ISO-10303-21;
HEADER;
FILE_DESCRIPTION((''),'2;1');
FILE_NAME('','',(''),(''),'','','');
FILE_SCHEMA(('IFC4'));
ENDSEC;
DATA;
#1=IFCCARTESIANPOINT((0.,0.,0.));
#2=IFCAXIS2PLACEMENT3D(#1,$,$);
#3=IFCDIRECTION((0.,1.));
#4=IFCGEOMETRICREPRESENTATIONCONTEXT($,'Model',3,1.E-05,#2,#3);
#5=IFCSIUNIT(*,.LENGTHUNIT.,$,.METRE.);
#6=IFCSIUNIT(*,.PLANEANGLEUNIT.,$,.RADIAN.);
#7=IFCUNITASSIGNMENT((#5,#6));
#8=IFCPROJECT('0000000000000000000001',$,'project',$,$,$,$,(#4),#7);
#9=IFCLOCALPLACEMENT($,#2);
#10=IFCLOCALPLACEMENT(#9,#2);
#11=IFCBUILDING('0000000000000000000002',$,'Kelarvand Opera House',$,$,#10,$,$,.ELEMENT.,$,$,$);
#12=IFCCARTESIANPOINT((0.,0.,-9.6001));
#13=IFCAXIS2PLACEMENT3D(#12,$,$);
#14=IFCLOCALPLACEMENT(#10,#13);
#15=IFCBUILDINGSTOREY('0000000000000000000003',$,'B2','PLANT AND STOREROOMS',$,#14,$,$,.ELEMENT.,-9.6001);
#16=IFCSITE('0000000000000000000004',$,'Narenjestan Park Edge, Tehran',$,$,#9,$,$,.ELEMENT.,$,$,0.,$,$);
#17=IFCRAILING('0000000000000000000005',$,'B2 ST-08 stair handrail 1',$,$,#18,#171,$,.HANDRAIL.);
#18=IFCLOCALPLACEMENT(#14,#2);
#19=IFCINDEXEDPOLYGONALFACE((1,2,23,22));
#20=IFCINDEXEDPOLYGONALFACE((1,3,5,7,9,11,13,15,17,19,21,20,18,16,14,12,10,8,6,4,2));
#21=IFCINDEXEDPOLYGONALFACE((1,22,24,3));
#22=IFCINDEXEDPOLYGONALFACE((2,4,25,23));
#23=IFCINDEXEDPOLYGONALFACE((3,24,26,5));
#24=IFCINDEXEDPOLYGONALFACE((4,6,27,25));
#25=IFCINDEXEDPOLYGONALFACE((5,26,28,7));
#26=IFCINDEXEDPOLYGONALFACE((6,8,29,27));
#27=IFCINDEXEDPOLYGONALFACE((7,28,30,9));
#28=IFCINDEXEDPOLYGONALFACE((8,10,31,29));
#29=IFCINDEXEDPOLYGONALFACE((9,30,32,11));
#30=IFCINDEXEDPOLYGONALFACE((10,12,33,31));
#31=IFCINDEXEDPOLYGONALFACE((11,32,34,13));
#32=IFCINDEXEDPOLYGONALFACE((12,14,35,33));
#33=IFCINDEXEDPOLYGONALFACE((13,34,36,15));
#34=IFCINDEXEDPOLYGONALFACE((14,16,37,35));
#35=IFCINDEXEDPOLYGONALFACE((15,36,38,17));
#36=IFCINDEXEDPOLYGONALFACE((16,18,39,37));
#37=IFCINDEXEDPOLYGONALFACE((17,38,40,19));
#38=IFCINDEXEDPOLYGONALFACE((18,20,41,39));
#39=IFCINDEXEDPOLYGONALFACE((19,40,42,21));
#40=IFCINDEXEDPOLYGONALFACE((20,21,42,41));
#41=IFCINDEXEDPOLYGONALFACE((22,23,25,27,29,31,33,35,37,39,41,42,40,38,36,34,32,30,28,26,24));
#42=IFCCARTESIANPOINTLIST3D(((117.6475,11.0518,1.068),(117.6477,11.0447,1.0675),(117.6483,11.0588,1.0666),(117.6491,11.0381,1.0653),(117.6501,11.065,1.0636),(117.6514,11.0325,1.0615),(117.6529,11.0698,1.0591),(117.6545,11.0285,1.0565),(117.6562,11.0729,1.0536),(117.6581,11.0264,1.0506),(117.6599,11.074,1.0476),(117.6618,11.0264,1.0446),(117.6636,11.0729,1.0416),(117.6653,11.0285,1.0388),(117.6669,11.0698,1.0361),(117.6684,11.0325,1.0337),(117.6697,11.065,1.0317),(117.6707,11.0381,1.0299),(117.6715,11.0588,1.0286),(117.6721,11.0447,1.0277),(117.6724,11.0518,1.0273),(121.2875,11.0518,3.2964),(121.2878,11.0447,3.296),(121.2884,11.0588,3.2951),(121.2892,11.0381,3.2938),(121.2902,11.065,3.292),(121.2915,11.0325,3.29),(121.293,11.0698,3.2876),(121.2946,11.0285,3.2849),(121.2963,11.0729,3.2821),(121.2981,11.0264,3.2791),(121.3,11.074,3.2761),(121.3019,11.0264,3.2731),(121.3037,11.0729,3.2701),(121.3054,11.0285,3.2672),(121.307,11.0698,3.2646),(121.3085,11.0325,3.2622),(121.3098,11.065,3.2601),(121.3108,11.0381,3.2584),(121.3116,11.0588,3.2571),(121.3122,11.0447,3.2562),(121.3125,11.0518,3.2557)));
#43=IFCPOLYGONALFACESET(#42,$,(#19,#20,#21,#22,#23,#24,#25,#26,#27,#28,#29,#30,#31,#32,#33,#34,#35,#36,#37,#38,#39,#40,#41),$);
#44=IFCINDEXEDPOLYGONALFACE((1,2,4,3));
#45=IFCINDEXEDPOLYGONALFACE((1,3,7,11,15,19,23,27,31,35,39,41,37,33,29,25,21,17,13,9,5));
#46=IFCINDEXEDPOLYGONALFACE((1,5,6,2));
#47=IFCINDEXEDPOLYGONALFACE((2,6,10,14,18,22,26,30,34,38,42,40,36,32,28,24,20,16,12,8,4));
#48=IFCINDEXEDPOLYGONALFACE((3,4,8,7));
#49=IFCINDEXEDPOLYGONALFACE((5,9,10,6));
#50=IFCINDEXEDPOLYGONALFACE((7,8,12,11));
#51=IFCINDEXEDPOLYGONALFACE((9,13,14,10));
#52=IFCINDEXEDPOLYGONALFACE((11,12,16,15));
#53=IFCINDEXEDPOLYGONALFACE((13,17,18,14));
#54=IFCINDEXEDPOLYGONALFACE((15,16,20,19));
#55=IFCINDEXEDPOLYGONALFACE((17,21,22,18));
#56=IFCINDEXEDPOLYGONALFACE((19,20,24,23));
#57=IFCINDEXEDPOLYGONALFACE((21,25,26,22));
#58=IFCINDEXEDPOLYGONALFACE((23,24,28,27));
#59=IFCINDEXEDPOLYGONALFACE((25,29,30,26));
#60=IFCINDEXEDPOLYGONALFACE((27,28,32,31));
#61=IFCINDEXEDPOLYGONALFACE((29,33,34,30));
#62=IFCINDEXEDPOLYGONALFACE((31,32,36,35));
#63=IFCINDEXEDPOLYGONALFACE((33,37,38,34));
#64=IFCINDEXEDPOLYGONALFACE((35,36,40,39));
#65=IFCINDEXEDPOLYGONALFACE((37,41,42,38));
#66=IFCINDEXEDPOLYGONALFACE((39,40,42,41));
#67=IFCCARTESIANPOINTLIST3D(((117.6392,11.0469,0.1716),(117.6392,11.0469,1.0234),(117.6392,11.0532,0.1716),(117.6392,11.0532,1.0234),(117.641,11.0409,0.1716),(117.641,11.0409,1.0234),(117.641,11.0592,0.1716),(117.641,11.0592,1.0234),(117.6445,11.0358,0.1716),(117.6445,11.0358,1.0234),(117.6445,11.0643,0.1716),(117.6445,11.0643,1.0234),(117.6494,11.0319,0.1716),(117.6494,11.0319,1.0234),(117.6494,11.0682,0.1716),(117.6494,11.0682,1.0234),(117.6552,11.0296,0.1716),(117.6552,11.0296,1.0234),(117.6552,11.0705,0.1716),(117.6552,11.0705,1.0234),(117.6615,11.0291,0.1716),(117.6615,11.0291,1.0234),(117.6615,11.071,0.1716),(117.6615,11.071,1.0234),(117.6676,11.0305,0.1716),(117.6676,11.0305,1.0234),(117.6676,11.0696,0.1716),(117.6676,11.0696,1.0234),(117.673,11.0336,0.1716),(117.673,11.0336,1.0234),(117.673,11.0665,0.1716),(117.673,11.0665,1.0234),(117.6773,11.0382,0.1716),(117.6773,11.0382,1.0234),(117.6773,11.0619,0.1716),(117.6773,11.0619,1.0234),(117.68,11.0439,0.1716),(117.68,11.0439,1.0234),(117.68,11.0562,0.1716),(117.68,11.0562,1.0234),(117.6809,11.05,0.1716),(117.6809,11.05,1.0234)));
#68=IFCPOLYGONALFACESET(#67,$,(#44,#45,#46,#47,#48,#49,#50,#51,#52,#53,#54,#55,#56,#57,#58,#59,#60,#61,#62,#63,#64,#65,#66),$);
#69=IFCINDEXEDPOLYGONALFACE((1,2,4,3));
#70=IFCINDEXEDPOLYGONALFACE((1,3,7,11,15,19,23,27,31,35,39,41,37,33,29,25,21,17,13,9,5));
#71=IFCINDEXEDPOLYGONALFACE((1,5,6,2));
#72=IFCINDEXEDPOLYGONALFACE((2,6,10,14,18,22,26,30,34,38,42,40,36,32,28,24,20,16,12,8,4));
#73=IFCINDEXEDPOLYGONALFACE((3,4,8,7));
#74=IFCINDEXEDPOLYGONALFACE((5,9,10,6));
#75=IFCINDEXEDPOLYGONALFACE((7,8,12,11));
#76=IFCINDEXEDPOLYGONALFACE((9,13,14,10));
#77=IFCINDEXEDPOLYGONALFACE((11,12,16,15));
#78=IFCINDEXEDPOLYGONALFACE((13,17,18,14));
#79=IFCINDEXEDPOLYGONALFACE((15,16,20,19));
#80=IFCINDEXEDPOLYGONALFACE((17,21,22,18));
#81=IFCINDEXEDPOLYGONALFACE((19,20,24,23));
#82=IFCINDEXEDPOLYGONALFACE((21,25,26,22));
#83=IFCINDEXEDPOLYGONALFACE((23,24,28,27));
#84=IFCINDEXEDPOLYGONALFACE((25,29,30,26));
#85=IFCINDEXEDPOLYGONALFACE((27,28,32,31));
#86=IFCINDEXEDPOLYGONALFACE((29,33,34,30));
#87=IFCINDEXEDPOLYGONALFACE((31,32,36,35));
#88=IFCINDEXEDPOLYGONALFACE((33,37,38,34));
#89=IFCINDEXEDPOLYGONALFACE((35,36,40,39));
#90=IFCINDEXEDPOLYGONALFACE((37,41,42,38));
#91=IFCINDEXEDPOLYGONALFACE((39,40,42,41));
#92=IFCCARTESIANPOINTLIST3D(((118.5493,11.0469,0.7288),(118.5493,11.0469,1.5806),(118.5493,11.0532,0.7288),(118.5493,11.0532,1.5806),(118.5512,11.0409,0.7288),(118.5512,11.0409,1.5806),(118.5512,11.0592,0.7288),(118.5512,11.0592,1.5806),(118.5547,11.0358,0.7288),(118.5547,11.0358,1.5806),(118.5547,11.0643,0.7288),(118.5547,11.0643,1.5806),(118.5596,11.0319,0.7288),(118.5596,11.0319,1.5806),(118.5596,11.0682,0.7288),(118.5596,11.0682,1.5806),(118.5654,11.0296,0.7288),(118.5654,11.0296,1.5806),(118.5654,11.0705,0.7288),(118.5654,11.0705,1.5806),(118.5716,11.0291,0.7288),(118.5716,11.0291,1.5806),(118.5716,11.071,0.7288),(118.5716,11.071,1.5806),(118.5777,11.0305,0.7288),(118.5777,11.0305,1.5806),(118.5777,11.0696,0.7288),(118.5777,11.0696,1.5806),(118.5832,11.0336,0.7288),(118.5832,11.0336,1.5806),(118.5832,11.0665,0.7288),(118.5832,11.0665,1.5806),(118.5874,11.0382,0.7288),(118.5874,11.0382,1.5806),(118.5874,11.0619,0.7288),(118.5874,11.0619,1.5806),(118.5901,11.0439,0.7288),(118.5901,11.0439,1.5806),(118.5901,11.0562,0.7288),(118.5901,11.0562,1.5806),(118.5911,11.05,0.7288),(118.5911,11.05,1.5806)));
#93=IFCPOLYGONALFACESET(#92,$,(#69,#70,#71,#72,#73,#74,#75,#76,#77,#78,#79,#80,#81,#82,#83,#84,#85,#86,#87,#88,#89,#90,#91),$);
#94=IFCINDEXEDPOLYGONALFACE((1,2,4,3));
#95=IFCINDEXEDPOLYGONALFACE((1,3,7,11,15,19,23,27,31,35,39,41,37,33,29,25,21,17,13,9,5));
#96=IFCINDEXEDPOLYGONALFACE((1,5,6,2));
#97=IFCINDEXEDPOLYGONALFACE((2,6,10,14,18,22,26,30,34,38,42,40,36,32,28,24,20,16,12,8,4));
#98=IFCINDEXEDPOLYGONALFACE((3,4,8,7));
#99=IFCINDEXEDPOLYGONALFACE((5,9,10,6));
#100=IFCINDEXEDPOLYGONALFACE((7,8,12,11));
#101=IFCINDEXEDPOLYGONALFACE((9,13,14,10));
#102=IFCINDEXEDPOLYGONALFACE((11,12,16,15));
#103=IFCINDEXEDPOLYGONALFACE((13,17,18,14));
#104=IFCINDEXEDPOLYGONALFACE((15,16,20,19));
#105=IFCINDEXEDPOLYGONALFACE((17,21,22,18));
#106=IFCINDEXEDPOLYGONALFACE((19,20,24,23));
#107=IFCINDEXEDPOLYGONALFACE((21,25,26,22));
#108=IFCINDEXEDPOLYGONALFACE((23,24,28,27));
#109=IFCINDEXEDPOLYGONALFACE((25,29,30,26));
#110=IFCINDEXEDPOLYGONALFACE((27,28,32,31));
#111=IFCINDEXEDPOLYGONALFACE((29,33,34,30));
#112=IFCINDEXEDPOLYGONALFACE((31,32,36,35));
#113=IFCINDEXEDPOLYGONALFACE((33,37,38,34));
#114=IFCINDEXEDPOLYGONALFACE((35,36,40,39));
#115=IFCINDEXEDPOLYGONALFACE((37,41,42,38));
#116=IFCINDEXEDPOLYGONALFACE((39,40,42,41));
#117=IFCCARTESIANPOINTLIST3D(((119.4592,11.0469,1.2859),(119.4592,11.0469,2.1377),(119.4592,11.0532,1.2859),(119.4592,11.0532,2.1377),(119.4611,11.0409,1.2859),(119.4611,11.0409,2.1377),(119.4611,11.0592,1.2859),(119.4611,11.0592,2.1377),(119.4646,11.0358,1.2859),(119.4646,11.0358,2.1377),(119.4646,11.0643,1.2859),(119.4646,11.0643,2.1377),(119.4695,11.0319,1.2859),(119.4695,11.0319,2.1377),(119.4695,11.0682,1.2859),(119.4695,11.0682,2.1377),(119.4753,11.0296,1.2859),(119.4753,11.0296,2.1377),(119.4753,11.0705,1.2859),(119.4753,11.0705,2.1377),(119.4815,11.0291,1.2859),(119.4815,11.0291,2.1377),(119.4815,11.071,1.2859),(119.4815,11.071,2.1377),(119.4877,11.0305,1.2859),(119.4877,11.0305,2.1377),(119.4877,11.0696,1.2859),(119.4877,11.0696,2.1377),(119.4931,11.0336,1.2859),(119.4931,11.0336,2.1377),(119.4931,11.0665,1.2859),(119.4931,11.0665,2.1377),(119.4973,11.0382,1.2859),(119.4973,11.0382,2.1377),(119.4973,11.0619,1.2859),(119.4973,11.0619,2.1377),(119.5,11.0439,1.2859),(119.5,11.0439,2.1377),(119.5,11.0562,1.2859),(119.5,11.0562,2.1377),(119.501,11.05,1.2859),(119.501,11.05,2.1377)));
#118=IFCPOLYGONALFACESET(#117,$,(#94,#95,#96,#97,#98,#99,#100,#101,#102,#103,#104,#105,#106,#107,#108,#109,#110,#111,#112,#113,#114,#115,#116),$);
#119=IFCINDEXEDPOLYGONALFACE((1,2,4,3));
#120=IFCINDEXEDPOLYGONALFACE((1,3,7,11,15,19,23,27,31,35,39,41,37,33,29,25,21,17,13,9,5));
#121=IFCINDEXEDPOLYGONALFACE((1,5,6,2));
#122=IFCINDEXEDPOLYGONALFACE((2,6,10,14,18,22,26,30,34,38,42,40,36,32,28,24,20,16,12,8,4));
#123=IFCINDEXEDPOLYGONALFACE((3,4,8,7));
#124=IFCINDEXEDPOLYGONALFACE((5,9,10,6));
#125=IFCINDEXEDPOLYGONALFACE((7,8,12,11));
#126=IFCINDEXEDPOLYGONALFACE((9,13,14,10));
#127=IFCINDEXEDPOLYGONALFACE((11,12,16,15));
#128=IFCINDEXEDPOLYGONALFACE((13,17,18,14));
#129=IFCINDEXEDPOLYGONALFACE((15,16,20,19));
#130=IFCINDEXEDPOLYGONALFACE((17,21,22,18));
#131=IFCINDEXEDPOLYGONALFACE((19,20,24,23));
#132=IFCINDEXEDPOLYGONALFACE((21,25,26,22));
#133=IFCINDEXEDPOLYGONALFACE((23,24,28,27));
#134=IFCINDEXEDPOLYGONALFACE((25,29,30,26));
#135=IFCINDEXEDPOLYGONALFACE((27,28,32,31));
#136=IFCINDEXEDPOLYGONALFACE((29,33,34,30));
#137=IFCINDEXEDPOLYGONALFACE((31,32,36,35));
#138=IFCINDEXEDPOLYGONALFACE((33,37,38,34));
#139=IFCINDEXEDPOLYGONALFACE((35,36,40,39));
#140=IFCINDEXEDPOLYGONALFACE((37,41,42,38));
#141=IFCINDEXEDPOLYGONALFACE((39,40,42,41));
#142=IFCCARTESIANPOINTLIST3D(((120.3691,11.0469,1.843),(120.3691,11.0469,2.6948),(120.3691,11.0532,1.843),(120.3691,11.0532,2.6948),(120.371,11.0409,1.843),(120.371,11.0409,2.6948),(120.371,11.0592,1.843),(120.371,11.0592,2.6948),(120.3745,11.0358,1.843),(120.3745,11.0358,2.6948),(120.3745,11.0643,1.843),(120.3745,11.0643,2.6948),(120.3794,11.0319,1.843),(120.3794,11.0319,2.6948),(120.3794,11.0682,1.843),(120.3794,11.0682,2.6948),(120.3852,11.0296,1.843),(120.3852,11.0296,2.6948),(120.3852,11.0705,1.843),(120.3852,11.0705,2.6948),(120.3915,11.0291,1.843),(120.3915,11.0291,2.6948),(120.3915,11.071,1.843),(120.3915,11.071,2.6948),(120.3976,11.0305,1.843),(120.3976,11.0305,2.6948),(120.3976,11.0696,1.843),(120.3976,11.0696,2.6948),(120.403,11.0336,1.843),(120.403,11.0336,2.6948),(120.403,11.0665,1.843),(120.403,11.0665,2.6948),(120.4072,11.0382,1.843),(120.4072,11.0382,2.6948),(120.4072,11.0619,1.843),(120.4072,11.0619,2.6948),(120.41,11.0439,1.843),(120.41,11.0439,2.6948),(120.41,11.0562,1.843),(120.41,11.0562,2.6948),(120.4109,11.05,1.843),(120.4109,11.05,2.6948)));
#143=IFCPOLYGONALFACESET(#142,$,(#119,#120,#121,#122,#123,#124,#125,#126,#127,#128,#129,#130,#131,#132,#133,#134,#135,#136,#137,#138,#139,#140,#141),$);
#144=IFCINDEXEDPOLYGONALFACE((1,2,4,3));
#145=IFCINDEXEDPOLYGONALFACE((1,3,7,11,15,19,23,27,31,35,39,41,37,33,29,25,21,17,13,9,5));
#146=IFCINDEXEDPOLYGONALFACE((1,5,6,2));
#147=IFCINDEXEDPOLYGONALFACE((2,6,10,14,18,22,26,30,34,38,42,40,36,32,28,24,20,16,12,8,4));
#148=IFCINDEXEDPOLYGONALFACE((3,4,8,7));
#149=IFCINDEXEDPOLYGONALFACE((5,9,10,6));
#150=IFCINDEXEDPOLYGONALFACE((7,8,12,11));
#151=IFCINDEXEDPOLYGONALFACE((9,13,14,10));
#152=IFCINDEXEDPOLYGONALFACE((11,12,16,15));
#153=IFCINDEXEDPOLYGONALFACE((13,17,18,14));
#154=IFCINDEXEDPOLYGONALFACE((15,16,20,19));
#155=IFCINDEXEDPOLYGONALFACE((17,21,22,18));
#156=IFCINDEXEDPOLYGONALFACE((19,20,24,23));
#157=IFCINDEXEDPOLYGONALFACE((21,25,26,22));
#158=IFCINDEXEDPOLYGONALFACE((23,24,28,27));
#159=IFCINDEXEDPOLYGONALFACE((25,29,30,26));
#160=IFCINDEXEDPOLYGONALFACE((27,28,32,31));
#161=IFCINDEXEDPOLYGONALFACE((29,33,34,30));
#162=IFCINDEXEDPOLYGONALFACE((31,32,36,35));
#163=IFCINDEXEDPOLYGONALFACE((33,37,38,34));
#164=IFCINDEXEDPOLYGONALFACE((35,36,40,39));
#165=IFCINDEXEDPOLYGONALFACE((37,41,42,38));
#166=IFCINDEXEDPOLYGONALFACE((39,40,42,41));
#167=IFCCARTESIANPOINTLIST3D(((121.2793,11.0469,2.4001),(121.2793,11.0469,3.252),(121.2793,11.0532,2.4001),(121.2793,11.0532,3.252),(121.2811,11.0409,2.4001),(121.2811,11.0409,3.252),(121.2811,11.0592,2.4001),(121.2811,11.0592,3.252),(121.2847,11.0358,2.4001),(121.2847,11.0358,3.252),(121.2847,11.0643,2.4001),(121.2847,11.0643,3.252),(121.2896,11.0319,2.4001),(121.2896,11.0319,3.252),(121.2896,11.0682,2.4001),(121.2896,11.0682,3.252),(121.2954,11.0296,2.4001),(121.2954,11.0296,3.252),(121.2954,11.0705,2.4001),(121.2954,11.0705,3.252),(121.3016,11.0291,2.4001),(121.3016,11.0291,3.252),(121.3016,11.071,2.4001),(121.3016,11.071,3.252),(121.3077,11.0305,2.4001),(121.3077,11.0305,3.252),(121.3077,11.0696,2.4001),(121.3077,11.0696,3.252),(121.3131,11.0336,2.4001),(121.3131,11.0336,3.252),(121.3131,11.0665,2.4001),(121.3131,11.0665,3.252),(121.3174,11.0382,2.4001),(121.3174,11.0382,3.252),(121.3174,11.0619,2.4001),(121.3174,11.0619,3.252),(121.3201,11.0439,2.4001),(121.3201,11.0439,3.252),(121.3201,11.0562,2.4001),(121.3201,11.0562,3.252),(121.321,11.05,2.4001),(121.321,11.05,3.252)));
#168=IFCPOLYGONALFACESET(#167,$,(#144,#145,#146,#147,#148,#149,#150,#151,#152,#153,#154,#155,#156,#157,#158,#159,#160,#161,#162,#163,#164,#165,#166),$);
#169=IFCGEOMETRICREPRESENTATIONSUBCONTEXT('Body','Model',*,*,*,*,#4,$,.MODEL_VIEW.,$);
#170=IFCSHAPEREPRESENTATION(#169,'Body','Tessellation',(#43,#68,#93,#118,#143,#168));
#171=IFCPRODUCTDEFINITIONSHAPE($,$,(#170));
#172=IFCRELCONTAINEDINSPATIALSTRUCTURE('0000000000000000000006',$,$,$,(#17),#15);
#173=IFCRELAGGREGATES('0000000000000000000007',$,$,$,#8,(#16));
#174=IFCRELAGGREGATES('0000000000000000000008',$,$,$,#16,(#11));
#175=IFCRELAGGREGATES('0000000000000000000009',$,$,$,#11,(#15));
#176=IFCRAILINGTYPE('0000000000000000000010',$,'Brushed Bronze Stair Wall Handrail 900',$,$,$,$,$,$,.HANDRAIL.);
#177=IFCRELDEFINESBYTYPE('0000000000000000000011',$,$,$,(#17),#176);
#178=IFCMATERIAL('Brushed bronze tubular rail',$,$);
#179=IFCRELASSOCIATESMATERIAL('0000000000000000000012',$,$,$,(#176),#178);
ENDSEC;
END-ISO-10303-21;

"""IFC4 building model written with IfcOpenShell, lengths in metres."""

from ifc_helpers import new_model, si_unit, direction, frame, origin, origin_2d, place, context, subcontext, project, spatial, circle, extrude, material, type_object, element, save


model = new_model("IFC4")

# Units and contexts
model_context = context("Model", 3, precision=1e-05, world=origin(), true_north=direction((0.0, 1.0)))
body_context = subcontext(model_context, "Body", "Model", "MODEL_VIEW")
ifc_project = project(units=[si_unit("LENGTHUNIT", "METRE"), si_unit("PLANEANGLEUNIT", "RADIAN")], contexts=[model_context])

# Site, building, storey
site_placement = place(None, origin())
site = spatial("IfcSite", under=ifc_project, at=site_placement, Name="Narenjestan Park Edge, Tehran", CompositionType="ELEMENT", RefElevation=0.0)
building_placement = place(site_placement, origin())
building = spatial("IfcBuilding", under=site, at=building_placement, Name="Kelarvand Opera House", CompositionType="ELEMENT")
storey_placement = place(building_placement, frame((0.0, 0.0, -9.6001)))
storey = spatial("IfcBuildingStorey", under=building, at=storey_placement, Name="B2", Description="PLANT AND STOREROOMS", CompositionType="ELEMENT", Elevation=-9.6001)

# Railing
ifc_material_1 = material(Name="Brushed bronze tubular rail")
railing_type_1 = type_object("IfcRailingType", Name="Brushed Bronze Stair Wall Handrail 900", PredefinedType="HANDRAIL", material=ifc_material_1)
railing_1_placement = place(storey_placement, frame((117.6599, 11.05, 0.1716)))
element("IfcRailing", 1, at=railing_1_placement, inside=storey, type_object=railing_type_1, Name="B2 ST-08 stair handrail 1", PredefinedType="HANDRAIL", context=body_context, shape_type="SweptSolid", body=[
    extrude(circle(Radius=0.0239, at=origin_2d()), frame((0.0, 0.0, 0.876), z_axis=(0.852866, 0.0, 0.52213), x_axis=(0.0, 1.0, 0.0)), (0.0, 0.0, 1.0), 4.2681),
    extrude(circle(Radius=0.021, at=origin_2d()), origin(), (0.0, 0.0, 1.0), 0.8518),
    extrude(circle(Radius=0.021, at=origin_2d()), frame((0.9102, 0.0, 0.5571)), (0.0, 0.0, 1.0), 0.8518),
    extrude(circle(Radius=0.021, at=origin_2d()), frame((1.8201, 0.0, 1.1143)), (0.0, 0.0, 1.0), 0.8518),
    extrude(circle(Radius=0.021, at=origin_2d()), frame((2.73, 0.0, 1.6714)), (0.0, 0.0, 1.0), 0.8518),
    extrude(circle(Radius=0.021, at=origin_2d()), frame((3.6401, 0.0, 2.2285)), (0.0, 0.0, 1.0), 0.8518),
])

save(model, "model.ifc")
